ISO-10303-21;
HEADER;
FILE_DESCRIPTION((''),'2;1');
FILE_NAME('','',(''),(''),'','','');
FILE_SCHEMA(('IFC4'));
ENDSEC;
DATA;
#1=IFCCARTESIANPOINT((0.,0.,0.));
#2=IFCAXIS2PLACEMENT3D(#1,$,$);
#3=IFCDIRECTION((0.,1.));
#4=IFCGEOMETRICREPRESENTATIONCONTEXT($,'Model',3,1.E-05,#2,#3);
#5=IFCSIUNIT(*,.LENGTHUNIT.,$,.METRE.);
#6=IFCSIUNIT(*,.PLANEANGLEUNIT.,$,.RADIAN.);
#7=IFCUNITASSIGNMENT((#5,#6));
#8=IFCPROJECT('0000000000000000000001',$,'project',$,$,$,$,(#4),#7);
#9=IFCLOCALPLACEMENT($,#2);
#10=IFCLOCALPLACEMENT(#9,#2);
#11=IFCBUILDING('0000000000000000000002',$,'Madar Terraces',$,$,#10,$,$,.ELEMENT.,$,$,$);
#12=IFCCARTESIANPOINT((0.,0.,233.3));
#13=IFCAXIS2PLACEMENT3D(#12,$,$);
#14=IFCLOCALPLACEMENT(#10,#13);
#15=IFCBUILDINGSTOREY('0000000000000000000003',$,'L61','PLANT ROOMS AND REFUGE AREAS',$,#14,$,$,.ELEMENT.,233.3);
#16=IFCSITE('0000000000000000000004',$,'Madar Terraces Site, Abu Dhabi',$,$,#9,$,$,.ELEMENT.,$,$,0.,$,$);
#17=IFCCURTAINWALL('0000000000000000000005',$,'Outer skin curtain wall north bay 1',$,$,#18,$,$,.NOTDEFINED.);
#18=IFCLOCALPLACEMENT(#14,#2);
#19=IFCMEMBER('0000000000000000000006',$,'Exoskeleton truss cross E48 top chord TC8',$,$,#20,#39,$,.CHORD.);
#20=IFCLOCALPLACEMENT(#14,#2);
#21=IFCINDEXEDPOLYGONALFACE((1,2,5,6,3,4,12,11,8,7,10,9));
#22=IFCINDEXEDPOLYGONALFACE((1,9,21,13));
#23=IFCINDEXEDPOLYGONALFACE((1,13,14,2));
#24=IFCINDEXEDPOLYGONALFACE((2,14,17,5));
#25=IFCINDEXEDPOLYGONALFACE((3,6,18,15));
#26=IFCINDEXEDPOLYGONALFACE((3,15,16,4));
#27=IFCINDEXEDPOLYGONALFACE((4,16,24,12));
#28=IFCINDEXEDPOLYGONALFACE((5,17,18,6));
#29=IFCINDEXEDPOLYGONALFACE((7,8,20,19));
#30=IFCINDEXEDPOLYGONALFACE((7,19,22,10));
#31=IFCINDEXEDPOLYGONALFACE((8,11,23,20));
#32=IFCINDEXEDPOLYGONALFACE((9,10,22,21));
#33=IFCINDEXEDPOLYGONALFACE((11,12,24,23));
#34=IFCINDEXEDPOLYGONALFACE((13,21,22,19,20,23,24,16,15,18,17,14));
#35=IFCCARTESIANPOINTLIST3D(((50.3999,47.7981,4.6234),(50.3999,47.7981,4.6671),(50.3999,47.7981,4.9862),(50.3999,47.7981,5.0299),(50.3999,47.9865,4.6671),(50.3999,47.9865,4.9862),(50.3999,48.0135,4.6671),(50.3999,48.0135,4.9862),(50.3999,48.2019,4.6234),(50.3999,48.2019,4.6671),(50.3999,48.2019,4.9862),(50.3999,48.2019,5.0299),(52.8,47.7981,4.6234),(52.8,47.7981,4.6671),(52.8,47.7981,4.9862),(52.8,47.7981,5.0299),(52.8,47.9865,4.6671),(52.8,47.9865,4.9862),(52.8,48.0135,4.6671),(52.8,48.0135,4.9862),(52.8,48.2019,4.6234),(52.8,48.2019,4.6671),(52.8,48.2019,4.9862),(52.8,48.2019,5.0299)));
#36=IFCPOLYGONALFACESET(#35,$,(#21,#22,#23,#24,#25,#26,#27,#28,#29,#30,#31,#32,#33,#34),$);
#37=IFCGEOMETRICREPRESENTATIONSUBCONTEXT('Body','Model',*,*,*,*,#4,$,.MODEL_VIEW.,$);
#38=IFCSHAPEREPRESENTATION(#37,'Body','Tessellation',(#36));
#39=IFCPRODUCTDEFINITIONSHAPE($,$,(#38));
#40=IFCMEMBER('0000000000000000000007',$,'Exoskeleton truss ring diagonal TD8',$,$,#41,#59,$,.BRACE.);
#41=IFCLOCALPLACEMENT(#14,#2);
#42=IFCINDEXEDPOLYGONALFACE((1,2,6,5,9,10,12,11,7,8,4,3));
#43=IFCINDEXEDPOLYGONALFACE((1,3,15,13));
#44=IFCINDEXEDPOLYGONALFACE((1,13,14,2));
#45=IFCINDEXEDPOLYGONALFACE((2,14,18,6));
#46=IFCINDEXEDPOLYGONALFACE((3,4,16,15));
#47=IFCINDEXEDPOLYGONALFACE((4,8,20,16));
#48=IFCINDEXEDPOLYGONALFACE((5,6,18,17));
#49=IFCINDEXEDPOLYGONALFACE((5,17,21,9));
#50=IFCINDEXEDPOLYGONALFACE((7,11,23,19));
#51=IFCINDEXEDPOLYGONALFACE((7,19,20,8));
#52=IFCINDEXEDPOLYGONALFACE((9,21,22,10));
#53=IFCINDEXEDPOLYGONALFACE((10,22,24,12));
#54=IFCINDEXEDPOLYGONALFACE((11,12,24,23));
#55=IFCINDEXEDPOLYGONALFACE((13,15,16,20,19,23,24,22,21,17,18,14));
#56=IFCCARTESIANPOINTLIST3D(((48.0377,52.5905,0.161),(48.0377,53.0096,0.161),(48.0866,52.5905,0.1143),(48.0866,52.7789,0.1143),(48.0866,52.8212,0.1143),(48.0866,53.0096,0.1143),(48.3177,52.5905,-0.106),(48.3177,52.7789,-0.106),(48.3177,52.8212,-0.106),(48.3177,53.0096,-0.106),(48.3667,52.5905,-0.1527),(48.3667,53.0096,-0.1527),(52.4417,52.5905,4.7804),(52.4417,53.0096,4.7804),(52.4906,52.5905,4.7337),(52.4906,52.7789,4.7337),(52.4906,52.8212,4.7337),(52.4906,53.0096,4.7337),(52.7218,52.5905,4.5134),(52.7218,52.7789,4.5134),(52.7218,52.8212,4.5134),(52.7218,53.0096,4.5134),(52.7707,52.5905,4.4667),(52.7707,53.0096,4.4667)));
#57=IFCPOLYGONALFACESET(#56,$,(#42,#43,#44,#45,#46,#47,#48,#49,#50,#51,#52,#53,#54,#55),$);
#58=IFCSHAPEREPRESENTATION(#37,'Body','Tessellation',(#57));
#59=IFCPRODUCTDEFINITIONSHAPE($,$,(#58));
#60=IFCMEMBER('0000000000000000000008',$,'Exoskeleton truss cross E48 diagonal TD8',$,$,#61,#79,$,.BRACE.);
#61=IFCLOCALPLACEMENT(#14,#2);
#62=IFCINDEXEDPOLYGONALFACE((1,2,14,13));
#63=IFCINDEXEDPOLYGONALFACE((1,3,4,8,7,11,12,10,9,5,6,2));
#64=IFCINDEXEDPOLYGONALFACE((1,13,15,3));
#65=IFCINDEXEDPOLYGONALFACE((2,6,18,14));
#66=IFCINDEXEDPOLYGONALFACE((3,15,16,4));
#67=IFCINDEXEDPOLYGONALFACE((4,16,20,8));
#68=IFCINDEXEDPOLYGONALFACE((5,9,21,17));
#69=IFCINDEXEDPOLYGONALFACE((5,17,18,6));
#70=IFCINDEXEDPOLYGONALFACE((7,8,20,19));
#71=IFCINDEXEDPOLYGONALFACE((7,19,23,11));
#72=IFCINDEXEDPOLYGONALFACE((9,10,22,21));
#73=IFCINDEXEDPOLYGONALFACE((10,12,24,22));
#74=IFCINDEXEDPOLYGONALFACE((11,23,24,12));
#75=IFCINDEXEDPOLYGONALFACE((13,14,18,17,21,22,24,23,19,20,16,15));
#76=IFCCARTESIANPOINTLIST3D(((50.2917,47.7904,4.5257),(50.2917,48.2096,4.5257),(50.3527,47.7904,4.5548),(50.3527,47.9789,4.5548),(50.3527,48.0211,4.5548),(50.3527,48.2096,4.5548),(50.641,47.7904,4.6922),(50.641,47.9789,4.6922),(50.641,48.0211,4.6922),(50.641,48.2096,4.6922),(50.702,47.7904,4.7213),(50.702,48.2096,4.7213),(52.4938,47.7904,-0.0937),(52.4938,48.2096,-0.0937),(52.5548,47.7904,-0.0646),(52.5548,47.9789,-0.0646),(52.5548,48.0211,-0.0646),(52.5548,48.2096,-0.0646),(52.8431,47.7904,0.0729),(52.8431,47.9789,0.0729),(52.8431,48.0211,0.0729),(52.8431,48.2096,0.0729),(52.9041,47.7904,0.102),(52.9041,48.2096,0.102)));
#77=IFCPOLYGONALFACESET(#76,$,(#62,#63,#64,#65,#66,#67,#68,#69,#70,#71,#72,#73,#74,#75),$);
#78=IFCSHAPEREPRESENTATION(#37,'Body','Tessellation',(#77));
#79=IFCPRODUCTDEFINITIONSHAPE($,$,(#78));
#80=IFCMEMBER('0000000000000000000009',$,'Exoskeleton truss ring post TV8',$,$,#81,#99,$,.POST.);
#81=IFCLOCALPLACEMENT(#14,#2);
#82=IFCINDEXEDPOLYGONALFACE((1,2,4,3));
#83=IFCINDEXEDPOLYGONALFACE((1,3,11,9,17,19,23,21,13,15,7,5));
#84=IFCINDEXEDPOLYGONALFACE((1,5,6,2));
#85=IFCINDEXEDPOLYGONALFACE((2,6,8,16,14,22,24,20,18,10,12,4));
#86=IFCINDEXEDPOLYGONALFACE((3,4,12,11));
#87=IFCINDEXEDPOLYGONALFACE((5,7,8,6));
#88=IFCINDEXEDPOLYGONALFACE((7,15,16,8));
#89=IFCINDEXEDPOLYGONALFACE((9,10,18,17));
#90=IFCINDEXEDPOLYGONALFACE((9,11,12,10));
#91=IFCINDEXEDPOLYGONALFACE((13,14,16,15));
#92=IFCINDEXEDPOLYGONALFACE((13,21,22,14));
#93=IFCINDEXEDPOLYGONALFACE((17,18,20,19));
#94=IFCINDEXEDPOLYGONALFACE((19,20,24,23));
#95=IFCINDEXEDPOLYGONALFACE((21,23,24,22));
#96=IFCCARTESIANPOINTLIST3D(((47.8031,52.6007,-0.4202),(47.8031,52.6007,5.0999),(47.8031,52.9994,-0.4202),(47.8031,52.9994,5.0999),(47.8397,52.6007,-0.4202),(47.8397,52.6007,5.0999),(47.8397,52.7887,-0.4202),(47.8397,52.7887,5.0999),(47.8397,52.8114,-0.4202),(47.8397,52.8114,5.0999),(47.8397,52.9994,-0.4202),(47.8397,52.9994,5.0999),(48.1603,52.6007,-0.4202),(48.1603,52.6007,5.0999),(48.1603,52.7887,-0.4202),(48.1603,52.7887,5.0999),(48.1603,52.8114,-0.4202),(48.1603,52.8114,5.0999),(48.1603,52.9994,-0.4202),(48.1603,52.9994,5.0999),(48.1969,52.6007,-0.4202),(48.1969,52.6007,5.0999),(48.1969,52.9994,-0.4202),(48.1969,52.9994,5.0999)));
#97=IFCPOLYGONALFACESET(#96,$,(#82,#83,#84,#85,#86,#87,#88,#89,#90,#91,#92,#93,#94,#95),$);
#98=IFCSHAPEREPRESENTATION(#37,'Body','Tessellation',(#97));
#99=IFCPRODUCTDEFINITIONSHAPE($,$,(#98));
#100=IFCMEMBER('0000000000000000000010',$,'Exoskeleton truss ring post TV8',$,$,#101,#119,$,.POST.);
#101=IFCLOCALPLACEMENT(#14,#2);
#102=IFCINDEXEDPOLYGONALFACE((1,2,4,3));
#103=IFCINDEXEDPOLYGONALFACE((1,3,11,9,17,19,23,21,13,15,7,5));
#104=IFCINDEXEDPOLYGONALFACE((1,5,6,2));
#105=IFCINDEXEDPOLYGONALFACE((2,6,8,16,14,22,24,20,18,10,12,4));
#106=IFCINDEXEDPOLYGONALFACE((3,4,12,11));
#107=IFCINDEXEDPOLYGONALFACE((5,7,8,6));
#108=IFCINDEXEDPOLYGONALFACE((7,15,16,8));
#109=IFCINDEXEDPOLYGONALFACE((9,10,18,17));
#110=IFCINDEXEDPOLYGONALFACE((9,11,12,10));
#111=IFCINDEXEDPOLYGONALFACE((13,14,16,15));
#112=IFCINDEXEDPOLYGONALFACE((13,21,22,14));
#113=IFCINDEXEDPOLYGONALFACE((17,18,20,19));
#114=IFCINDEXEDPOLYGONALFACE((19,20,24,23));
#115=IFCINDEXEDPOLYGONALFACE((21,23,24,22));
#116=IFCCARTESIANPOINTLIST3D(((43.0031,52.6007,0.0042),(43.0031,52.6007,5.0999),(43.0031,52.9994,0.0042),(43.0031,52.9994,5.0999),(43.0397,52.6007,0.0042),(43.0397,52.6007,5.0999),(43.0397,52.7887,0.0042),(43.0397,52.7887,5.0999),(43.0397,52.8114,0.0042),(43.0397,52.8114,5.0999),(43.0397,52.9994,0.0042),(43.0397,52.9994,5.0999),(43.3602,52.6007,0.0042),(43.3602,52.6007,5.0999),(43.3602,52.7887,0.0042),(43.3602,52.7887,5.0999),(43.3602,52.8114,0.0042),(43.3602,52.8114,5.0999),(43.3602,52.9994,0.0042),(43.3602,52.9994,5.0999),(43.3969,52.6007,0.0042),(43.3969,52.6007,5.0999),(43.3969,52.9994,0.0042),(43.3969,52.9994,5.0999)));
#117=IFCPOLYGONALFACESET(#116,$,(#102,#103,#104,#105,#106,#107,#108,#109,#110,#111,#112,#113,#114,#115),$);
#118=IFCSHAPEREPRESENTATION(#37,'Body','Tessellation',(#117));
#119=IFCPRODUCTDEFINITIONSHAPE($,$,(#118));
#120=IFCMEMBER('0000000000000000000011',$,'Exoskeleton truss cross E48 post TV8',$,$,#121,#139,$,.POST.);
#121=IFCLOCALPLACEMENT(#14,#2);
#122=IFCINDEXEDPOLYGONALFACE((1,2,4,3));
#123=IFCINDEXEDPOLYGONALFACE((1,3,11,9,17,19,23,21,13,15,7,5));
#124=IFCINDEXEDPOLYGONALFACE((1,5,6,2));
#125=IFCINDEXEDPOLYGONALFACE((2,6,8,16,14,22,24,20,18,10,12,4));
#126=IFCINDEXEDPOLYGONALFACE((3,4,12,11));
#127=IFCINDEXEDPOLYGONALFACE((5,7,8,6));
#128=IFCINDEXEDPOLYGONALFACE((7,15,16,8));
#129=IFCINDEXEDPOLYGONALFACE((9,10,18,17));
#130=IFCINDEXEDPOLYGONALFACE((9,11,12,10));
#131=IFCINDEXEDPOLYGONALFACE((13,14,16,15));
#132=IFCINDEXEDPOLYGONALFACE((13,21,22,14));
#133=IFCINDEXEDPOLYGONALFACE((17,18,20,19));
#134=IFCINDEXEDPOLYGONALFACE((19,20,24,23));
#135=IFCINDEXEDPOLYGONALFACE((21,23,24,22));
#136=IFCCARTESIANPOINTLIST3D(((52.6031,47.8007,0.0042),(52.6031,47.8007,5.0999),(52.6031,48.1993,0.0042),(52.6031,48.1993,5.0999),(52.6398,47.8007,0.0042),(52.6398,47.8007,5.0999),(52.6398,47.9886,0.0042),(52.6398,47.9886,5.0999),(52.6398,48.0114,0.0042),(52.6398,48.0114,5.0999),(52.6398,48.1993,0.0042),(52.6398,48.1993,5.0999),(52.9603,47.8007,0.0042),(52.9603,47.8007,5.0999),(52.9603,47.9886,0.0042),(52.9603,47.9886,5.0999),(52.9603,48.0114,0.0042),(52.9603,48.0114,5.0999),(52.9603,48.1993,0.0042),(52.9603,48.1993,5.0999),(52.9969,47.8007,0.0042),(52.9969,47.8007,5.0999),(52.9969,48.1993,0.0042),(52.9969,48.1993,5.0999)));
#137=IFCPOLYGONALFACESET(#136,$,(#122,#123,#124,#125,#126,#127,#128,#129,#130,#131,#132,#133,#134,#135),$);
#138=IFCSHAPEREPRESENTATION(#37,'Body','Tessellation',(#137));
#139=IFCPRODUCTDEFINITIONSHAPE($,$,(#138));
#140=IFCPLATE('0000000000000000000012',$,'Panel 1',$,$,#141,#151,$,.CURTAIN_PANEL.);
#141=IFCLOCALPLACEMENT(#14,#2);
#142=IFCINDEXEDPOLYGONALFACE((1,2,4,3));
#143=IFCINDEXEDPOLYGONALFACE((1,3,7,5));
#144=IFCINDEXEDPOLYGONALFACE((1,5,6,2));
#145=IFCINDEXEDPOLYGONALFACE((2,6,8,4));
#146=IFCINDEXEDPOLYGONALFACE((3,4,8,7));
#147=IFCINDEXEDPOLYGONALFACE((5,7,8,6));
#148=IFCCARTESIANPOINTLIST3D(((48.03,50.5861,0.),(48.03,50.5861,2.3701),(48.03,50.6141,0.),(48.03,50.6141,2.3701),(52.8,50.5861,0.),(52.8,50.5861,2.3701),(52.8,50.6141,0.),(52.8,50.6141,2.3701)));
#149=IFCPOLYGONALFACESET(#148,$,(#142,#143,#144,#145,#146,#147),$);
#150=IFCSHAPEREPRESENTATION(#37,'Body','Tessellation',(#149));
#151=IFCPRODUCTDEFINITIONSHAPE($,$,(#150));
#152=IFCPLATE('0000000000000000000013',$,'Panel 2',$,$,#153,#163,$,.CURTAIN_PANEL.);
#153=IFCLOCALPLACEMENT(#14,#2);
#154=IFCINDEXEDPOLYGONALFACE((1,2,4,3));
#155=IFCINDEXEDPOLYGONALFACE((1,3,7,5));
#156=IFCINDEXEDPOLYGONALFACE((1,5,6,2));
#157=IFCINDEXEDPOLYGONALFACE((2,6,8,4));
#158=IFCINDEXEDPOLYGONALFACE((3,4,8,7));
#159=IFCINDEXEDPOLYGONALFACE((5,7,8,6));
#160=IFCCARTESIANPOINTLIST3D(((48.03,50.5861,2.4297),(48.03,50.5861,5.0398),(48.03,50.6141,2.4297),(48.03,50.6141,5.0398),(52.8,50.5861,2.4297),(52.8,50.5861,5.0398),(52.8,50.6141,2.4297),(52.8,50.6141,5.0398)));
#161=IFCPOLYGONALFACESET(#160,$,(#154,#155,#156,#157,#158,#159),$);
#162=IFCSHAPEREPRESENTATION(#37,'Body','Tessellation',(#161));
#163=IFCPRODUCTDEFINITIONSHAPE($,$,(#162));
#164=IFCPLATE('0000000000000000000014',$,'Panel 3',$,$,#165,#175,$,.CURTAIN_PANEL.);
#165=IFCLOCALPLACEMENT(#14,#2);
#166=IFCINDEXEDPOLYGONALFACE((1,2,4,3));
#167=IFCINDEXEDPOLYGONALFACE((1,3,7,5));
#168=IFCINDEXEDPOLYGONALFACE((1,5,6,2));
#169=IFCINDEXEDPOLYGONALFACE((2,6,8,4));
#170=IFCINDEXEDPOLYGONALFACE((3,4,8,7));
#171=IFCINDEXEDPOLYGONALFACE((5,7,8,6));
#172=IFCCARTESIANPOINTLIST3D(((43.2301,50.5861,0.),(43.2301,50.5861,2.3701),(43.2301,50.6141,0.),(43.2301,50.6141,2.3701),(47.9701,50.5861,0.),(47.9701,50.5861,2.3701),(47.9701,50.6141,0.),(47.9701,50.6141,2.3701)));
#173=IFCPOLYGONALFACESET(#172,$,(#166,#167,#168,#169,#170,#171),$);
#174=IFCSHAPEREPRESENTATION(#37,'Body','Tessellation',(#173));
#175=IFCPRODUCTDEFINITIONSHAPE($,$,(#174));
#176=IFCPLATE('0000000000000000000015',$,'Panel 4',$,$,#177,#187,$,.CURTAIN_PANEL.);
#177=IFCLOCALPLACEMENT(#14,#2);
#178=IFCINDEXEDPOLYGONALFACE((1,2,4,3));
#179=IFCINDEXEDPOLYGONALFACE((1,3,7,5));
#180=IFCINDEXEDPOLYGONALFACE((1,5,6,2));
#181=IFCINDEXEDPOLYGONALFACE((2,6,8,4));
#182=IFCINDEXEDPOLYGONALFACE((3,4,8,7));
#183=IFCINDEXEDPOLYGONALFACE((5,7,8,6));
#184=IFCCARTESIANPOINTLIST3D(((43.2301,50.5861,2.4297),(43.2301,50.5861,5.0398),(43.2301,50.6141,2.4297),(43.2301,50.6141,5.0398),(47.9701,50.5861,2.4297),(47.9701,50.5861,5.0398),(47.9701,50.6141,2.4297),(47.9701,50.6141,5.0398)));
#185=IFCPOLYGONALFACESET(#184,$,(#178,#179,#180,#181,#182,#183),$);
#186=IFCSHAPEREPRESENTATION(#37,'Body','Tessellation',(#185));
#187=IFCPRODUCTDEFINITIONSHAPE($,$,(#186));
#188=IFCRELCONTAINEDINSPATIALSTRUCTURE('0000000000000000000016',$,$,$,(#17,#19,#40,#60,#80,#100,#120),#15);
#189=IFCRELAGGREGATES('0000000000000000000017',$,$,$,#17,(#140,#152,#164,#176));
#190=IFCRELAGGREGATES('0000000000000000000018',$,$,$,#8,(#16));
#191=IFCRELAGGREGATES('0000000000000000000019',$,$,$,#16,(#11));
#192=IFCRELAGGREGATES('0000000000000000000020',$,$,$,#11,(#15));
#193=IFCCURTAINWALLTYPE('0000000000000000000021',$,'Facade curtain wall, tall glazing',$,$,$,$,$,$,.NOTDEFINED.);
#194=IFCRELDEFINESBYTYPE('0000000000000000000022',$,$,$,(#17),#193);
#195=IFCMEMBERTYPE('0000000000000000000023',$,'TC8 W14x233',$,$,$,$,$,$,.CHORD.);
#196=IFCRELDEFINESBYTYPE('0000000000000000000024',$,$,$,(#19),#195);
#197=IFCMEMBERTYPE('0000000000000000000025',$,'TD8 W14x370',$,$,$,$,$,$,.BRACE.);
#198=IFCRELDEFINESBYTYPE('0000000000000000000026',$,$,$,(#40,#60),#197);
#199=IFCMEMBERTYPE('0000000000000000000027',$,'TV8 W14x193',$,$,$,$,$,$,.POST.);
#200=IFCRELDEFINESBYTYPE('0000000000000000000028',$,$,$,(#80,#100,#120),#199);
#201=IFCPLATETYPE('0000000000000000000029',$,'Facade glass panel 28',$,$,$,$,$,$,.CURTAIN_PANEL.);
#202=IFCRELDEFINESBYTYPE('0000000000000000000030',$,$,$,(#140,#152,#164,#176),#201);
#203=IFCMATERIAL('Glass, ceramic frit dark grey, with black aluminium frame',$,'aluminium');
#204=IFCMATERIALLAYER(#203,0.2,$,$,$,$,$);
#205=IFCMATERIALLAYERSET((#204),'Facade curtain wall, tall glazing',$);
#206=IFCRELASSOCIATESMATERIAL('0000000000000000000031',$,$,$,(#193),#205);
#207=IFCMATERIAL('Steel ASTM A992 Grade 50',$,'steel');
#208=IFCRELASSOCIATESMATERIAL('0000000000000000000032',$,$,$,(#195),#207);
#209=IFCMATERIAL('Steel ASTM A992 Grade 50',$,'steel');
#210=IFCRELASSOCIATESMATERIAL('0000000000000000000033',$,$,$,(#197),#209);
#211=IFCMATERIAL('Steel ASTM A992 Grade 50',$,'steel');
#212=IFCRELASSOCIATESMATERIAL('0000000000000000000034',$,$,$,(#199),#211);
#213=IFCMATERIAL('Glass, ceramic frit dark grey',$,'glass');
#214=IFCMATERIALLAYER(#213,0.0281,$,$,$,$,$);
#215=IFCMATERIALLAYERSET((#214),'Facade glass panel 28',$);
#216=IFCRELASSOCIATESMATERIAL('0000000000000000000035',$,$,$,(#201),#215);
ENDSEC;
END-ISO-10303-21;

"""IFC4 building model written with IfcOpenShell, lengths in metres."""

from ifc_helpers import new_model, si_unit, direction, frame, origin, origin_2d, place, context, subcontext, project, spatial, rectangle, i_section, extrude, material, layer, layer_set, material_profile, profile_set, type_object, element, aggregate, save


model = new_model("IFC4")

# Units and contexts
model_context = context("Model", 3, precision=1e-05, world=origin(), true_north=direction((0.0, 1.0)))
body_context = subcontext(model_context, "Body", "Model", "MODEL_VIEW")
ifc_project = project(units=[si_unit("LENGTHUNIT", "METRE"), si_unit("PLANEANGLEUNIT", "RADIAN")], contexts=[model_context])

# Site, building, storey
site_placement = place(None, origin())
site = spatial("IfcSite", under=ifc_project, at=site_placement, Name="Madar Terraces Site, Abu Dhabi", CompositionType="ELEMENT", RefElevation=0.0)
building_placement = place(site_placement, origin())
building = spatial("IfcBuilding", under=site, at=building_placement, Name="Madar Terraces", CompositionType="ELEMENT")
storey_placement = place(building_placement, frame((0.0, 0.0, 233.3)))
storey = spatial("IfcBuildingStorey", under=building, at=storey_placement, Name="L61", Description="PLANT ROOMS AND REFUGE AREAS", CompositionType="ELEMENT", Elevation=233.3)

# Curtain wall
ifc_material_1 = material(Name="Glass, ceramic frit dark grey, with black aluminium frame", Category="aluminium")
ifc_layer_1 = layer(ifc_material_1, 0.2)
ifc_layer_set_1 = layer_set([ifc_layer_1], Name="Facade curtain wall, tall glazing")
curtain_wall_type = type_object("IfcCurtainWallType", Name="Facade curtain wall, tall glazing", PredefinedType="NOTDEFINED", material=ifc_layer_set_1)
curtain_wall_placement = place(storey_placement, origin())
curtain_wall = element("IfcCurtainWall", 1, at=curtain_wall_placement, inside=storey, type_object=curtain_wall_type, Name="Outer skin curtain wall north bay 1", PredefinedType="NOTDEFINED")

# Members
ifc_material_2 = material(Name="Steel ASTM A992 Grade 50", Category="steel")
ifc_material_profile_1 = material_profile(ifc_material_2, i_section(OverallWidth=0.4038, OverallDepth=0.4065, WebThickness=0.0271, FlangeThickness=0.0437, at=origin_2d()), Name="W14x233")
ifc_profile_set_1 = profile_set([ifc_material_profile_1], Name="Steel ASTM A992 Grade 50")
member_type_1 = type_object("IfcMemberType", Name="TC8 W14x233", PredefinedType="CHORD", material=ifc_profile_set_1)
member_1_placement = place(storey_placement, frame((52.8, 48.0, 4.8267), z_axis=(-1.0, 0.0, 0.0), x_axis=(0.0, -1.0, 0.0)))
element("IfcMember", 2, at=member_1_placement, inside=storey, type_object=member_type_1, Name="Exoskeleton truss cross E48 top chord TC8", PredefinedType="CHORD", context=body_context, shape_type="SweptSolid", body=[
    extrude(i_section(OverallWidth=0.4038, OverallDepth=0.4065, WebThickness=0.0271, FlangeThickness=0.0437, at=origin_2d()), origin(), (0.0, 0.0, 1.0), 2.4001),
])
ifc_material_3 = material(Name="Steel ASTM A992 Grade 50", Category="steel")
ifc_material_profile_2 = material_profile(ifc_material_3, i_section(OverallWidth=0.4192, OverallDepth=0.4546, WebThickness=0.0422, FlangeThickness=0.0676, at=origin_2d()), Name="W14x370")
ifc_profile_set_2 = profile_set([ifc_material_profile_2], Name="Steel ASTM A992 Grade 50")
member_type_2 = type_object("IfcMemberType", Name="TD8 W14x370", PredefinedType="BRACE", material=ifc_profile_set_2)
member_2_placement = place(storey_placement, frame((52.6062, 52.8, 4.6235), z_axis=(-0.690036, 0.0, -0.723775), x_axis=(0.0, -1.0, 0.0)))
element("IfcMember", 3, at=member_2_placement, inside=storey, type_object=member_type_2, Name="Exoskeleton truss ring diagonal TD8", PredefinedType="BRACE", context=body_context, shape_type="SweptSolid", body=[
    extrude(i_section(OverallWidth=0.4192, OverallDepth=0.4546, WebThickness=0.0422, FlangeThickness=0.0676, at=origin_2d()), origin(), (0.0, 0.0, 1.0), 6.3823),
])
member_3_placement = place(storey_placement, frame((52.699, 48.0, 0.0042), z_axis=(-0.430322, 0.0, 0.902675), x_axis=(0.0, -1.0, 0.0)))
element("IfcMember", 4, at=member_3_placement, inside=storey, type_object=member_type_2, Name="Exoskeleton truss cross E48 diagonal TD8", PredefinedType="BRACE", context=body_context, shape_type="SweptSolid", body=[
    extrude(i_section(OverallWidth=0.4192, OverallDepth=0.4546, WebThickness=0.0422, FlangeThickness=0.0676, at=origin_2d()), origin(), (0.0, 0.0, 1.0), 5.1174),
])
ifc_material_4 = material(Name="Steel ASTM A992 Grade 50", Category="steel")
ifc_material_profile_3 = material_profile(ifc_material_4, i_section(OverallWidth=0.3987, OverallDepth=0.3938, WebThickness=0.0227, FlangeThickness=0.0366, at=origin_2d()), Name="W14x193")
ifc_profile_set_3 = profile_set([ifc_material_profile_3], Name="Steel ASTM A992 Grade 50")
member_type_3 = type_object("IfcMemberType", Name="TV8 W14x193", PredefinedType="POST", material=ifc_profile_set_3)
member_4_placement = place(storey_placement, frame((48.0, 52.8, -0.4202), z_axis=(0.0, 0.0, 1.0), x_axis=(0.0, -1.0, 0.0)))
element("IfcMember", 5, at=member_4_placement, inside=storey, type_object=member_type_3, Name="Exoskeleton truss ring post TV8", PredefinedType="POST", context=body_context, shape_type="SweptSolid", body=[
    extrude(i_section(OverallWidth=0.3987, OverallDepth=0.3938, WebThickness=0.0227, FlangeThickness=0.0366, at=origin_2d()), origin(), (0.0, 0.0, 1.0), 5.52),
])
for number, where, z_axis, x_axis, name in (
    (6, (43.2, 52.8, 0.0042), (0.0, 0.0, 1.0), (0.0, -1.0, 0.0), "Exoskeleton truss ring post TV8"),
    (7, (52.8, 48.0, 0.0042), (0.0, 0.0, 1.0), (0.0, 1.0, 0.0), "Exoskeleton truss cross E48 post TV8"),
):
    element("IfcMember", number, at=place(storey_placement, frame(where, z_axis=z_axis, x_axis=x_axis)), inside=storey, type_object=member_type_3, Name=name, PredefinedType="POST", context=body_context, shape_type="SweptSolid", body=[
        extrude(i_section(OverallWidth=0.3987, OverallDepth=0.3938, WebThickness=0.0227, FlangeThickness=0.0366, at=origin_2d()), origin(), (0.0, 0.0, 1.0), 5.0957),
    ])

# Plates
ifc_material_5 = material(Name="Glass, ceramic frit dark grey", Category="glass")
ifc_layer_2 = layer(ifc_material_5, 0.0281)
ifc_layer_set_2 = layer_set([ifc_layer_2], Name="Facade glass panel 28")
plate_type = type_object("IfcPlateType", Name="Facade glass panel 28", PredefinedType="CURTAIN_PANEL", material=ifc_layer_set_2)
plate_1_placement = place(storey_placement, frame((50.415, 50.6001, 0.0), z_axis=(0.0, 0.0, 1.0), x_axis=(-1.0, 0.0, 0.0)))
plate_1 = element("IfcPlate", 8, at=plate_1_placement, type_object=plate_type, Name="Panel 1", PredefinedType="CURTAIN_PANEL", context=body_context, shape_type="SweptSolid", body=[
    extrude(rectangle(XDim=4.77, YDim=0.0281, at=origin_2d()), origin(), (0.0, 0.0, 1.0), 2.3701),
])
plate_2_placement = place(storey_placement, frame((50.415, 50.6001, 2.4297), z_axis=(0.0, 0.0, 1.0), x_axis=(-1.0, 0.0, 0.0)))
plate_2 = element("IfcPlate", 9, at=plate_2_placement, type_object=plate_type, Name="Panel 2", PredefinedType="CURTAIN_PANEL", context=body_context, shape_type="SweptSolid", body=[
    extrude(rectangle(XDim=4.77, YDim=0.0281, at=origin_2d()), origin(), (0.0, 0.0, 1.0), 2.6101),
])
plate_3_placement = place(storey_placement, frame((45.6001, 50.6001, 0.0), z_axis=(0.0, 0.0, 1.0), x_axis=(-1.0, 0.0, 0.0)))
plate_3 = element("IfcPlate", 10, at=plate_3_placement, type_object=plate_type, Name="Panel 3", PredefinedType="CURTAIN_PANEL", context=body_context, shape_type="SweptSolid", body=[
    extrude(rectangle(XDim=4.74, YDim=0.0281, at=origin_2d()), origin(), (0.0, 0.0, 1.0), 2.3701),
])
plate_4_placement = place(storey_placement, frame((45.6001, 50.6001, 2.4297), z_axis=(0.0, 0.0, 1.0), x_axis=(-1.0, 0.0, 0.0)))
plate_4 = element("IfcPlate", 11, at=plate_4_placement, type_object=plate_type, Name="Panel 4", PredefinedType="CURTAIN_PANEL", context=body_context, shape_type="SweptSolid", body=[
    extrude(rectangle(XDim=4.74, YDim=0.0281, at=origin_2d()), origin(), (0.0, 0.0, 1.0), 2.6101),
])
aggregate(curtain_wall, [plate_1, plate_2, plate_3, plate_4])

save(model, "model.ifc")
